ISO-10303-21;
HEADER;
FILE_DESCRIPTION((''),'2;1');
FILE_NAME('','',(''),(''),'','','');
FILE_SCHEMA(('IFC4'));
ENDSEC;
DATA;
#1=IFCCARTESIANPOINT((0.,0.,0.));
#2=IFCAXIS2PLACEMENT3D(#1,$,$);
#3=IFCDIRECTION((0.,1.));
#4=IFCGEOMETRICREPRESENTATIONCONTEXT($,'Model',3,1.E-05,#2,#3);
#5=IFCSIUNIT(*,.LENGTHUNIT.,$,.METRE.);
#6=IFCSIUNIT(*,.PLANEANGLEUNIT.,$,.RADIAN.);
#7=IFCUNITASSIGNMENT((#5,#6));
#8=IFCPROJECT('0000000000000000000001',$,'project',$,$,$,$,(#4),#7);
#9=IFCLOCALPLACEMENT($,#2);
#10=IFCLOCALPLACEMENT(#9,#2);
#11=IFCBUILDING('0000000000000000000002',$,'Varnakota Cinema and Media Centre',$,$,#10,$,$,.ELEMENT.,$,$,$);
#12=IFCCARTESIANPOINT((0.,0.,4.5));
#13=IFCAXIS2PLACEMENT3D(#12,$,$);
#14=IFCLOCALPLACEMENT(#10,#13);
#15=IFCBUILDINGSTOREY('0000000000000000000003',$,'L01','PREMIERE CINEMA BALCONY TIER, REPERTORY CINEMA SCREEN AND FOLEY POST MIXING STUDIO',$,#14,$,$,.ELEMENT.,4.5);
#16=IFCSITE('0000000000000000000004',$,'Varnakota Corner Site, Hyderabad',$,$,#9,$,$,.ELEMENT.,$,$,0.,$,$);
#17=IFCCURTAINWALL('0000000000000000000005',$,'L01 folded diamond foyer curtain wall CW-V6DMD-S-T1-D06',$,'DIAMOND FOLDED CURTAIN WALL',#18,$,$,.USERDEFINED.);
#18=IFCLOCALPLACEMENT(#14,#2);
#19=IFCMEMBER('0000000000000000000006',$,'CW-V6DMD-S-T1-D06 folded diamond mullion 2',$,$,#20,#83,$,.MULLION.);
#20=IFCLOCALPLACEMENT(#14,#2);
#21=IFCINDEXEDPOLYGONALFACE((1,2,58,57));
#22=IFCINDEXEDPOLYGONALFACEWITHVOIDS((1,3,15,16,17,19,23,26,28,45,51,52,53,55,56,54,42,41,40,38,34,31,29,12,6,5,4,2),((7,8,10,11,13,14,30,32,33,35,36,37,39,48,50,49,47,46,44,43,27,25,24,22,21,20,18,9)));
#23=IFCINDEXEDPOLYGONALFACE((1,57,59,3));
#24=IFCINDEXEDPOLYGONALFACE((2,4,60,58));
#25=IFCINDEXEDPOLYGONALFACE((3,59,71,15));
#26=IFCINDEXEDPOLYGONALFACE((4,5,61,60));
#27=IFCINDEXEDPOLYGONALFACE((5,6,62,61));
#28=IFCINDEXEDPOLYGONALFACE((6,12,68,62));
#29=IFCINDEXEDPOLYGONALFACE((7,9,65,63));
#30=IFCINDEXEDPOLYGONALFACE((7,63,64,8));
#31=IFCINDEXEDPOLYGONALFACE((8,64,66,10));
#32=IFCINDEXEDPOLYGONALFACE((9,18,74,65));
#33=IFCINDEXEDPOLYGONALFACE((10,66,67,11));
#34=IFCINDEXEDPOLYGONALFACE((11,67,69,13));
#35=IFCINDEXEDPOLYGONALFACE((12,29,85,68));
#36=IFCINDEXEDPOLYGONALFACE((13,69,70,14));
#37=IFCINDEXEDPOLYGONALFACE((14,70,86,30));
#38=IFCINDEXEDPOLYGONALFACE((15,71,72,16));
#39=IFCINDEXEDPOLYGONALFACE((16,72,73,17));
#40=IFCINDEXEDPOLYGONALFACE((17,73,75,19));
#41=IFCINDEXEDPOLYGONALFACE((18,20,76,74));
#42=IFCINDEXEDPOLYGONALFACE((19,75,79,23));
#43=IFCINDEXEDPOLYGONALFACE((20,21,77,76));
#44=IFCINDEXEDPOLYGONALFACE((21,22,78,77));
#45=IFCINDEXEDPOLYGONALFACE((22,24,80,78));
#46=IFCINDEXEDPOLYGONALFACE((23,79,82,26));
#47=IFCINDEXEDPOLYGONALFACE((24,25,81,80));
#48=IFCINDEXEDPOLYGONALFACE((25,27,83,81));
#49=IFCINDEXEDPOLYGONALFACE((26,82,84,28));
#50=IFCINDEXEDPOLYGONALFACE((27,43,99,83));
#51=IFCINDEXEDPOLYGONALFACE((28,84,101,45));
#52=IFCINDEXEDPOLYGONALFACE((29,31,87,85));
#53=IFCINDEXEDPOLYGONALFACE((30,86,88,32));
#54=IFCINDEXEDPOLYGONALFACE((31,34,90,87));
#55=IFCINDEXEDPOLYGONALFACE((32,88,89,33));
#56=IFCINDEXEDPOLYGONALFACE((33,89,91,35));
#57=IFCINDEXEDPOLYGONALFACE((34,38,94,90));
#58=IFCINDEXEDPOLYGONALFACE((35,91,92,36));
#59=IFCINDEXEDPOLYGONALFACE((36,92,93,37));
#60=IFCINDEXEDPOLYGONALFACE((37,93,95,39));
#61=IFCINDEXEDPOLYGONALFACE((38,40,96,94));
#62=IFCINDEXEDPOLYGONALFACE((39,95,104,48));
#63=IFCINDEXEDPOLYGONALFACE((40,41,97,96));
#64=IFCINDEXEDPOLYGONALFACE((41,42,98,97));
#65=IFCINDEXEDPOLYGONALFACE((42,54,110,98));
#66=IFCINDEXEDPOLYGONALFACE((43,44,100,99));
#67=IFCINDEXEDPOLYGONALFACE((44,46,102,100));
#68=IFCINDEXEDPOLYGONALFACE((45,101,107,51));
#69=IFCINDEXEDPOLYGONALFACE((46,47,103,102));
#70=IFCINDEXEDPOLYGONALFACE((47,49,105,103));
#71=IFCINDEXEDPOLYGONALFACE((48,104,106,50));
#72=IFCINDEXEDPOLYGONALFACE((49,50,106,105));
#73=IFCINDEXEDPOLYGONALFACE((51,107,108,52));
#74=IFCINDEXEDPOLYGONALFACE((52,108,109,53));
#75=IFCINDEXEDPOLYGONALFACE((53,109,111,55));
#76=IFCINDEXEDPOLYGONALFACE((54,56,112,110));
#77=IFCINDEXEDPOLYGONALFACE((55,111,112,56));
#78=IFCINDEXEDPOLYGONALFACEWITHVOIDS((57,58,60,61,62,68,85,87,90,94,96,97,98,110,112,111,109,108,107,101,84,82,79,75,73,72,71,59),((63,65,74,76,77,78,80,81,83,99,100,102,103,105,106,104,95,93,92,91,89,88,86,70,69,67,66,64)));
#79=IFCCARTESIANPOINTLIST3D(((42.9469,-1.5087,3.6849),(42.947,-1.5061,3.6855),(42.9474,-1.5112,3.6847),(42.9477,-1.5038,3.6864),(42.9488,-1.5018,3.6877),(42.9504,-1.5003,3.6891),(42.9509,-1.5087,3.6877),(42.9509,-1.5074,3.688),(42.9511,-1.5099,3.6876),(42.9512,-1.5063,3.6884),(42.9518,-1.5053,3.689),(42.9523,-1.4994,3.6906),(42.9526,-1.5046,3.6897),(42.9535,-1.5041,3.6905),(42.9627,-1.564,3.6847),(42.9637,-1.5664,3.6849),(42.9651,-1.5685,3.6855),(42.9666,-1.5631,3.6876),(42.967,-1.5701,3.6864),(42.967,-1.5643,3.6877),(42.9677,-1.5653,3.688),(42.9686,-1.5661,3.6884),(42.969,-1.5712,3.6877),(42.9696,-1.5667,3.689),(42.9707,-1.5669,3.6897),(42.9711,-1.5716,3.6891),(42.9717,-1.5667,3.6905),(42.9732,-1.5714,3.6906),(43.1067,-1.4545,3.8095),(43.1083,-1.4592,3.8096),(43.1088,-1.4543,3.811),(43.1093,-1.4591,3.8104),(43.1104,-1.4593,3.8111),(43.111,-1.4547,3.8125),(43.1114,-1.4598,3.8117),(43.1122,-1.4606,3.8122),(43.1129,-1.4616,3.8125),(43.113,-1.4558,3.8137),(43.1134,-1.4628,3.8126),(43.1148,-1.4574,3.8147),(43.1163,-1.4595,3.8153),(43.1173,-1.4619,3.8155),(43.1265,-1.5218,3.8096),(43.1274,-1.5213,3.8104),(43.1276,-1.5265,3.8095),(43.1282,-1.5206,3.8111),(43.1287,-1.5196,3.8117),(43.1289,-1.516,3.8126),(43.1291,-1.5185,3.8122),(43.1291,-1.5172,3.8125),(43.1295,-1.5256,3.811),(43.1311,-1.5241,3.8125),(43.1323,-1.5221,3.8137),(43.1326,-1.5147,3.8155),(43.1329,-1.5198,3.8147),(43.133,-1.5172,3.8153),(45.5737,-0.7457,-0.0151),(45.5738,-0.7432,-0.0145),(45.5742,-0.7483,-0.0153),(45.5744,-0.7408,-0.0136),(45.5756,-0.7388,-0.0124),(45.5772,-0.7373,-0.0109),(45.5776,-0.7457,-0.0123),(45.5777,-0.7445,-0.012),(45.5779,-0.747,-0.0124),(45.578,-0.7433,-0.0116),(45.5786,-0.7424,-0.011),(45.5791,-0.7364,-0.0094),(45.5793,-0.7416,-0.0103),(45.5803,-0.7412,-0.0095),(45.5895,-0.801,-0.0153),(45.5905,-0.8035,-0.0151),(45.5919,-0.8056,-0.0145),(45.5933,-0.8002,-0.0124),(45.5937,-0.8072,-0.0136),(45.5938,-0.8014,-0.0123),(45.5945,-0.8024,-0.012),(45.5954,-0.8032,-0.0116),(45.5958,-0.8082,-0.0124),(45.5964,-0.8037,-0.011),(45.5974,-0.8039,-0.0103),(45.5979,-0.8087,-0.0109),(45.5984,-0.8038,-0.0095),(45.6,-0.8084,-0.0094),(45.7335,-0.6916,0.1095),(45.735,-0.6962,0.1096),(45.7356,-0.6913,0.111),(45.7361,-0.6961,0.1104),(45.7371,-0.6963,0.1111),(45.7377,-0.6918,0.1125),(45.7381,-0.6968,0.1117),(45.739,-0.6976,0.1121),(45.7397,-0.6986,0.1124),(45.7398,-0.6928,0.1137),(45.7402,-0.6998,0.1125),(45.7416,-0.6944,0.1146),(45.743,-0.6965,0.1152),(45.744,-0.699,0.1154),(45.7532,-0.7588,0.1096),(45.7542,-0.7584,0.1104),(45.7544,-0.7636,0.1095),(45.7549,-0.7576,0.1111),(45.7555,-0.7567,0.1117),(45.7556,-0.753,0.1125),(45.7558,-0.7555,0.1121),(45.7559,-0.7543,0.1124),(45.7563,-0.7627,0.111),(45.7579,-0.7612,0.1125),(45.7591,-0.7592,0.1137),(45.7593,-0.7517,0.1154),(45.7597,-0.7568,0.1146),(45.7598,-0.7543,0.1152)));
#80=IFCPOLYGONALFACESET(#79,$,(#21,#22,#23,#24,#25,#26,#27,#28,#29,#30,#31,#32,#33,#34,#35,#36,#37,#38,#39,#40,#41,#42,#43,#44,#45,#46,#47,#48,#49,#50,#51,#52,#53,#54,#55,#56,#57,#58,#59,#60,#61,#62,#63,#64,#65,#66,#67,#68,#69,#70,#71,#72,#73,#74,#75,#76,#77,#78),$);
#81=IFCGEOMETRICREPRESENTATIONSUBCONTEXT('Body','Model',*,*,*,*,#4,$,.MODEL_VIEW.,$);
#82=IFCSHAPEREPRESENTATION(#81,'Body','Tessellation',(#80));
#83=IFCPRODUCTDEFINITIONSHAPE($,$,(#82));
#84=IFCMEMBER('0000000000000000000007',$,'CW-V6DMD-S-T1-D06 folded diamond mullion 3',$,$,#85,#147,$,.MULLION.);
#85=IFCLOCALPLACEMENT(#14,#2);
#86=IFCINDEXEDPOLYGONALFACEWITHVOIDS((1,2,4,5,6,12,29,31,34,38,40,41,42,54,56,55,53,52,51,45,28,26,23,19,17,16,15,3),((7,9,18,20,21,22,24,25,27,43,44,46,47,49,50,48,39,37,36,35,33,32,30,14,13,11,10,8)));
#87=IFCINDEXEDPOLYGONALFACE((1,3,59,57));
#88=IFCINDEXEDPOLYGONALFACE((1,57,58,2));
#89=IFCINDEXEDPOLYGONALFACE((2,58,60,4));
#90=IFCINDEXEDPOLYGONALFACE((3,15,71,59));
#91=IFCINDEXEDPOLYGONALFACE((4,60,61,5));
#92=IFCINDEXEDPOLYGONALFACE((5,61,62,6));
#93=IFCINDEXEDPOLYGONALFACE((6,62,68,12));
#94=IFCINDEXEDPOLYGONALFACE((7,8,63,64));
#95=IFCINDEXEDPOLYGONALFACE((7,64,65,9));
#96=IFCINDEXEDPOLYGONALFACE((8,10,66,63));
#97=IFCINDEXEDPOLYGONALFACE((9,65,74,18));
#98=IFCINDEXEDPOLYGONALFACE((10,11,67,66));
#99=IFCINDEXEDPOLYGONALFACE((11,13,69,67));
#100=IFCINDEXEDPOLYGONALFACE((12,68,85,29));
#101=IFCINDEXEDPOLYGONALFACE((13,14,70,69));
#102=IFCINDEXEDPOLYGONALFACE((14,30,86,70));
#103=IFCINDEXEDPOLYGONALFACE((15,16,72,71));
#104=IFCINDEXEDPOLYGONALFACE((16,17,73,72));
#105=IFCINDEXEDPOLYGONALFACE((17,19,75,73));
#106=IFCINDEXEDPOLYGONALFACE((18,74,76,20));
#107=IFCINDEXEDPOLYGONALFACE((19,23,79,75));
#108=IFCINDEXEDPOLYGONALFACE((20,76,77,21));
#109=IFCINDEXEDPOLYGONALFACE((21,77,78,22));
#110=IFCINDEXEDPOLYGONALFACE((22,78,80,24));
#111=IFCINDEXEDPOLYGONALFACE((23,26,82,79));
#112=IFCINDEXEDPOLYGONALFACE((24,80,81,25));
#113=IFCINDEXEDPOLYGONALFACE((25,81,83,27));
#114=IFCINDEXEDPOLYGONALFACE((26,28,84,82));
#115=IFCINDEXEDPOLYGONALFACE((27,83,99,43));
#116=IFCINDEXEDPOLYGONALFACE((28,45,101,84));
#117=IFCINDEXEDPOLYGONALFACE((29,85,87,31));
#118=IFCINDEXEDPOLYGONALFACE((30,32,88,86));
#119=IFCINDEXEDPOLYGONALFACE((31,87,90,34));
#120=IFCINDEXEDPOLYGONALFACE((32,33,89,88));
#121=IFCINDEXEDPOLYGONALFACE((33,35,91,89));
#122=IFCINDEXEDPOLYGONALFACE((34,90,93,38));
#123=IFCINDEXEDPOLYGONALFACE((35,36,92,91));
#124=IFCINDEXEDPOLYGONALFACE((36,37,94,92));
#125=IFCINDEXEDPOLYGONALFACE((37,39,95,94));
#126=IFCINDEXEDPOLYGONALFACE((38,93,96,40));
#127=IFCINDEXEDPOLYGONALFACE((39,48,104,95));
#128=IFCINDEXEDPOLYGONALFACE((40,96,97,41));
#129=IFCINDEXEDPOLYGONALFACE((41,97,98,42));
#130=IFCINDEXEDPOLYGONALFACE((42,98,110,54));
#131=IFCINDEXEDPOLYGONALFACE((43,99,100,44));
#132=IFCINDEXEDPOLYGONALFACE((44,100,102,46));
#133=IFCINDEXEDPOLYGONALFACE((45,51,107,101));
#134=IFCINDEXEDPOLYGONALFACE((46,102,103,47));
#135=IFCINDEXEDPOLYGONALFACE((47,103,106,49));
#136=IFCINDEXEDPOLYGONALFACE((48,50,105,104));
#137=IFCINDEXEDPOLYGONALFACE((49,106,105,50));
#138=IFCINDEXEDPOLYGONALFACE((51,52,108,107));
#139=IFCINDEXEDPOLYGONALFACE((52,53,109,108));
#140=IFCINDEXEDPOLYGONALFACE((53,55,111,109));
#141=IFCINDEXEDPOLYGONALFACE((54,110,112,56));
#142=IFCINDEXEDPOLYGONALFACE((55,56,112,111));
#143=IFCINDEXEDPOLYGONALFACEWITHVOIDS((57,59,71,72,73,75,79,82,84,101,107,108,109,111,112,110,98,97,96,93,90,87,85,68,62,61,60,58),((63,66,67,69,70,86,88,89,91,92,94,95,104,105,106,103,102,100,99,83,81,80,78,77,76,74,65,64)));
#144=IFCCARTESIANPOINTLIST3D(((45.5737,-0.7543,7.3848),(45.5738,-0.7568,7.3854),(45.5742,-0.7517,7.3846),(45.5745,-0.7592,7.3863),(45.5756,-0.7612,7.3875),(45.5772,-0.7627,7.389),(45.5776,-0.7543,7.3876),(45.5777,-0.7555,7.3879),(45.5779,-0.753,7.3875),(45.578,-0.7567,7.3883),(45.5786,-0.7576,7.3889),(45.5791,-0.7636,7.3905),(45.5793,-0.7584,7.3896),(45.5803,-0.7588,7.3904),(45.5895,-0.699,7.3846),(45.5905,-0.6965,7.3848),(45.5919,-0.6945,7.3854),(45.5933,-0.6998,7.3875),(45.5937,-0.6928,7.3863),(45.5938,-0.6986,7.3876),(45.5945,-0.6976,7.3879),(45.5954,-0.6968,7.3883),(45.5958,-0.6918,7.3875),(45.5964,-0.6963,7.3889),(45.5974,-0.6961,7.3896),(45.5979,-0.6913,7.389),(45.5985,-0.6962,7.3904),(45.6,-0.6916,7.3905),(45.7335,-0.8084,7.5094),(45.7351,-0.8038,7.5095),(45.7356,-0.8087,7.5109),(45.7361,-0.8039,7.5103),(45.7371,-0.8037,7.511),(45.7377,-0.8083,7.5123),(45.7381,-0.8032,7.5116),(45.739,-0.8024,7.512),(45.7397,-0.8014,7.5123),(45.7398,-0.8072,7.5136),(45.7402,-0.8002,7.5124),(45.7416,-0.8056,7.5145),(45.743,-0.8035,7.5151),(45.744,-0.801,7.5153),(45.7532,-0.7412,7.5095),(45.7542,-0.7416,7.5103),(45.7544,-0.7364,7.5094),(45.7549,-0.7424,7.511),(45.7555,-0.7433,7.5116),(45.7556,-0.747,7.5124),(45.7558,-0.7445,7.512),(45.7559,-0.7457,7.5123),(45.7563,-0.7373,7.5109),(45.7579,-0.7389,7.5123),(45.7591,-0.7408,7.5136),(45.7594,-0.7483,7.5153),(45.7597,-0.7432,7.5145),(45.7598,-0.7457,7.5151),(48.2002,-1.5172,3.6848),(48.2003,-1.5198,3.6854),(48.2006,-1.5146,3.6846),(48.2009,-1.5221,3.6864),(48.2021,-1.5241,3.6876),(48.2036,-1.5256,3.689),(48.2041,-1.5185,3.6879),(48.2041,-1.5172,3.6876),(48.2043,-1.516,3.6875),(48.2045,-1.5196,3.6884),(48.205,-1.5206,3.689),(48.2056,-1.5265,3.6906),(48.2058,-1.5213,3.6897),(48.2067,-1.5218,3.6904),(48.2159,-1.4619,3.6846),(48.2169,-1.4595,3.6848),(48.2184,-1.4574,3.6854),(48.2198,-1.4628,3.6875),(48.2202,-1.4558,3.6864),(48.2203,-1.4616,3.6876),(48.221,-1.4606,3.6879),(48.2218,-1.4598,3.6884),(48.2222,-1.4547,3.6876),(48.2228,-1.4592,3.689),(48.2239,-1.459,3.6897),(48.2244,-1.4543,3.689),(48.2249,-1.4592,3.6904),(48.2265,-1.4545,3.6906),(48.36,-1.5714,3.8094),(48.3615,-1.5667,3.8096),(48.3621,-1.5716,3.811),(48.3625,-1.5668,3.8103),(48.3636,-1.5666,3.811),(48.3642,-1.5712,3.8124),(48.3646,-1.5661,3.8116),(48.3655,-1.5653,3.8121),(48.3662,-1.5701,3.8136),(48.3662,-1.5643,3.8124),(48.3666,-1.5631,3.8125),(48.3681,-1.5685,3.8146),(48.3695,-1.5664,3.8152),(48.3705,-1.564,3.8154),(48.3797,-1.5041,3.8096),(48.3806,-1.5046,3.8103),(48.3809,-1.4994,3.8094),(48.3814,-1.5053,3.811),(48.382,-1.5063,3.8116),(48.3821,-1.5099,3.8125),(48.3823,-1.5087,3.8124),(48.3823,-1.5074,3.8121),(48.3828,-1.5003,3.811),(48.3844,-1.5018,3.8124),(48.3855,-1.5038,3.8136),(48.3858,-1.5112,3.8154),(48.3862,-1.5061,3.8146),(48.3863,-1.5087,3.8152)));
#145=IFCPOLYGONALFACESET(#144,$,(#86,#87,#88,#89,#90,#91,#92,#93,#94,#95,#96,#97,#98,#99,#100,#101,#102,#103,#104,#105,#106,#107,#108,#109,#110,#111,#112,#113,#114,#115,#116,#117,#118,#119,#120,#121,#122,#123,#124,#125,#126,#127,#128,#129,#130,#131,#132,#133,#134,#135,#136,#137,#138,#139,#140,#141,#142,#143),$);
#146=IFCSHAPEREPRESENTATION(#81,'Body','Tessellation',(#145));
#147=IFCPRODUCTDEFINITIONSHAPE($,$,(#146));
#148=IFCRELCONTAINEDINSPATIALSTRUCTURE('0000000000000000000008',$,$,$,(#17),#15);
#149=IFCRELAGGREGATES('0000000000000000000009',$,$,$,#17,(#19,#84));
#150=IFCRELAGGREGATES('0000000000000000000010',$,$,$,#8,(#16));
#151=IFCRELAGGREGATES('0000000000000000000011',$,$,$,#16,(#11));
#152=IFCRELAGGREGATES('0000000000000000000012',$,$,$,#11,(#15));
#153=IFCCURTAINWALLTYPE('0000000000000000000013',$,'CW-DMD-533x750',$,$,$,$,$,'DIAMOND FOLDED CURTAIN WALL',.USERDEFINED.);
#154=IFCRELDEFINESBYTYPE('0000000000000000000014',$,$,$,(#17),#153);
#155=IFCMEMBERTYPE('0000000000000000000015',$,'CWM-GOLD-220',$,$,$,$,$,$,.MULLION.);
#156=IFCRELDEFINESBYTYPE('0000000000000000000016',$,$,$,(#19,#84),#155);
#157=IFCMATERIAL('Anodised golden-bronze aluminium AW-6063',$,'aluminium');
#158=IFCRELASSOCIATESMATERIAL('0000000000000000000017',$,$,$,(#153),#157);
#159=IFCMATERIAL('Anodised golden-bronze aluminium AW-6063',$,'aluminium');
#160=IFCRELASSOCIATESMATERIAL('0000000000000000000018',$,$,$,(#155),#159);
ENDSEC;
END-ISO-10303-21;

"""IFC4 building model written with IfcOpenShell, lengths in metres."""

from ifc_helpers import new_model, si_unit, direction, frame, origin, origin_2d, place, context, subcontext, project, spatial, hollow_rectangle, extrude, material, material_profile, profile_set, type_object, element, aggregate, save


model = new_model("IFC4")

# Units and contexts
model_context = context("Model", 3, precision=1e-05, world=origin(), true_north=direction((0.0, 1.0)))
body_context = subcontext(model_context, "Body", "Model", "MODEL_VIEW")
ifc_project = project(units=[si_unit("LENGTHUNIT", "METRE"), si_unit("PLANEANGLEUNIT", "RADIAN")], contexts=[model_context])

# Site, building, storey
site_placement = place(None, origin())
site = spatial("IfcSite", under=ifc_project, at=site_placement, Name="Varnakota Corner Site, Hyderabad", CompositionType="ELEMENT", RefElevation=0.0)
building_placement = place(site_placement, origin())
building = spatial("IfcBuilding", under=site, at=building_placement, Name="Varnakota Cinema and Media Centre", CompositionType="ELEMENT")
storey_placement = place(building_placement, frame((0.0, 0.0, 4.5)))
storey = spatial("IfcBuildingStorey", under=building, at=storey_placement, Name="L01", Description="PREMIERE CINEMA BALCONY TIER, REPERTORY CINEMA SCREEN AND FOLEY POST MIXING STUDIO", CompositionType="ELEMENT", Elevation=4.5)

# Shared definitions
ifc_material_1 = material(Name="Anodised golden-bronze aluminium AW-6063", Category="aluminium")
curtain_wall_type = type_object("IfcCurtainWallType", Name="CW-DMD-533x750", ElementType="DIAMOND FOLDED CURTAIN WALL", PredefinedType="USERDEFINED", material=ifc_material_1)
ifc_material_2 = material(Name="Anodised golden-bronze aluminium AW-6063", Category="aluminium")
ifc_material_profile_1 = material_profile(ifc_material_2, hollow_rectangle(XDim=0.075, YDim=0.22, WallThickness=0.0049, InnerFilletRadius=0.0049, OuterFilletRadius=0.01, at=origin_2d()), Name="AL-MULLION 220x75x5")
ifc_profile_set_1 = profile_set([ifc_material_profile_1], Name="Anodised golden-bronze aluminium AW-6063")
member_type_1 = type_object("IfcMemberType", Name="CWM-GOLD-220", PredefinedType="MULLION", material=ifc_profile_set_1)

# Curtain wall, members
curtain_wall_1_placement = place(storey_placement, origin())
curtain_wall_1 = element("IfcCurtainWall", 1, at=curtain_wall_1_placement, inside=storey, type_object=curtain_wall_type, Name="L01 folded diamond foyer curtain wall CW-V6DMD-S-T1-D06", ObjectType="DIAMOND FOLDED CURTAIN WALL", PredefinedType="USERDEFINED")
member_1_placement = place(storey_placement, frame((45.6667, -0.75, 0.05), z_axis=(-0.570871, -0.165812, 0.804122), x_axis=(0.278927, -0.960312, 0.0)))
member_1 = element("IfcMember", 2, at=member_1_placement, type_object=member_type_1, Name="CW-V6DMD-S-T1-D06 folded diamond mullion 2", PredefinedType="MULLION", context=body_context, shape_type="SweptSolid", body=[
    extrude(hollow_rectangle(XDim=0.075, YDim=0.22, WallThickness=0.0049, InnerFilletRadius=0.0049, OuterFilletRadius=0.01, at=origin_2d()), origin(), (0.0, 0.0, 1.0), 4.6013),
])
member_2_placement = place(storey_placement, frame((48.2932, -1.5129, 3.75), z_axis=(-0.570835, 0.165817, 0.804147), x_axis=(-0.278951, -0.960305, 0.0)))
member_2 = element("IfcMember", 3, at=member_2_placement, type_object=member_type_1, Name="CW-V6DMD-S-T1-D06 folded diamond mullion 3", PredefinedType="MULLION", context=body_context, shape_type="SweptSolid", body=[
    extrude(hollow_rectangle(XDim=0.075, YDim=0.22, WallThickness=0.0049, InnerFilletRadius=0.0049, OuterFilletRadius=0.01, at=origin_2d()), origin(), (0.0, 0.0, 1.0), 4.6011),
])

aggregate(curtain_wall_1, [member_1, member_2])

save(model, "model.ifc")
